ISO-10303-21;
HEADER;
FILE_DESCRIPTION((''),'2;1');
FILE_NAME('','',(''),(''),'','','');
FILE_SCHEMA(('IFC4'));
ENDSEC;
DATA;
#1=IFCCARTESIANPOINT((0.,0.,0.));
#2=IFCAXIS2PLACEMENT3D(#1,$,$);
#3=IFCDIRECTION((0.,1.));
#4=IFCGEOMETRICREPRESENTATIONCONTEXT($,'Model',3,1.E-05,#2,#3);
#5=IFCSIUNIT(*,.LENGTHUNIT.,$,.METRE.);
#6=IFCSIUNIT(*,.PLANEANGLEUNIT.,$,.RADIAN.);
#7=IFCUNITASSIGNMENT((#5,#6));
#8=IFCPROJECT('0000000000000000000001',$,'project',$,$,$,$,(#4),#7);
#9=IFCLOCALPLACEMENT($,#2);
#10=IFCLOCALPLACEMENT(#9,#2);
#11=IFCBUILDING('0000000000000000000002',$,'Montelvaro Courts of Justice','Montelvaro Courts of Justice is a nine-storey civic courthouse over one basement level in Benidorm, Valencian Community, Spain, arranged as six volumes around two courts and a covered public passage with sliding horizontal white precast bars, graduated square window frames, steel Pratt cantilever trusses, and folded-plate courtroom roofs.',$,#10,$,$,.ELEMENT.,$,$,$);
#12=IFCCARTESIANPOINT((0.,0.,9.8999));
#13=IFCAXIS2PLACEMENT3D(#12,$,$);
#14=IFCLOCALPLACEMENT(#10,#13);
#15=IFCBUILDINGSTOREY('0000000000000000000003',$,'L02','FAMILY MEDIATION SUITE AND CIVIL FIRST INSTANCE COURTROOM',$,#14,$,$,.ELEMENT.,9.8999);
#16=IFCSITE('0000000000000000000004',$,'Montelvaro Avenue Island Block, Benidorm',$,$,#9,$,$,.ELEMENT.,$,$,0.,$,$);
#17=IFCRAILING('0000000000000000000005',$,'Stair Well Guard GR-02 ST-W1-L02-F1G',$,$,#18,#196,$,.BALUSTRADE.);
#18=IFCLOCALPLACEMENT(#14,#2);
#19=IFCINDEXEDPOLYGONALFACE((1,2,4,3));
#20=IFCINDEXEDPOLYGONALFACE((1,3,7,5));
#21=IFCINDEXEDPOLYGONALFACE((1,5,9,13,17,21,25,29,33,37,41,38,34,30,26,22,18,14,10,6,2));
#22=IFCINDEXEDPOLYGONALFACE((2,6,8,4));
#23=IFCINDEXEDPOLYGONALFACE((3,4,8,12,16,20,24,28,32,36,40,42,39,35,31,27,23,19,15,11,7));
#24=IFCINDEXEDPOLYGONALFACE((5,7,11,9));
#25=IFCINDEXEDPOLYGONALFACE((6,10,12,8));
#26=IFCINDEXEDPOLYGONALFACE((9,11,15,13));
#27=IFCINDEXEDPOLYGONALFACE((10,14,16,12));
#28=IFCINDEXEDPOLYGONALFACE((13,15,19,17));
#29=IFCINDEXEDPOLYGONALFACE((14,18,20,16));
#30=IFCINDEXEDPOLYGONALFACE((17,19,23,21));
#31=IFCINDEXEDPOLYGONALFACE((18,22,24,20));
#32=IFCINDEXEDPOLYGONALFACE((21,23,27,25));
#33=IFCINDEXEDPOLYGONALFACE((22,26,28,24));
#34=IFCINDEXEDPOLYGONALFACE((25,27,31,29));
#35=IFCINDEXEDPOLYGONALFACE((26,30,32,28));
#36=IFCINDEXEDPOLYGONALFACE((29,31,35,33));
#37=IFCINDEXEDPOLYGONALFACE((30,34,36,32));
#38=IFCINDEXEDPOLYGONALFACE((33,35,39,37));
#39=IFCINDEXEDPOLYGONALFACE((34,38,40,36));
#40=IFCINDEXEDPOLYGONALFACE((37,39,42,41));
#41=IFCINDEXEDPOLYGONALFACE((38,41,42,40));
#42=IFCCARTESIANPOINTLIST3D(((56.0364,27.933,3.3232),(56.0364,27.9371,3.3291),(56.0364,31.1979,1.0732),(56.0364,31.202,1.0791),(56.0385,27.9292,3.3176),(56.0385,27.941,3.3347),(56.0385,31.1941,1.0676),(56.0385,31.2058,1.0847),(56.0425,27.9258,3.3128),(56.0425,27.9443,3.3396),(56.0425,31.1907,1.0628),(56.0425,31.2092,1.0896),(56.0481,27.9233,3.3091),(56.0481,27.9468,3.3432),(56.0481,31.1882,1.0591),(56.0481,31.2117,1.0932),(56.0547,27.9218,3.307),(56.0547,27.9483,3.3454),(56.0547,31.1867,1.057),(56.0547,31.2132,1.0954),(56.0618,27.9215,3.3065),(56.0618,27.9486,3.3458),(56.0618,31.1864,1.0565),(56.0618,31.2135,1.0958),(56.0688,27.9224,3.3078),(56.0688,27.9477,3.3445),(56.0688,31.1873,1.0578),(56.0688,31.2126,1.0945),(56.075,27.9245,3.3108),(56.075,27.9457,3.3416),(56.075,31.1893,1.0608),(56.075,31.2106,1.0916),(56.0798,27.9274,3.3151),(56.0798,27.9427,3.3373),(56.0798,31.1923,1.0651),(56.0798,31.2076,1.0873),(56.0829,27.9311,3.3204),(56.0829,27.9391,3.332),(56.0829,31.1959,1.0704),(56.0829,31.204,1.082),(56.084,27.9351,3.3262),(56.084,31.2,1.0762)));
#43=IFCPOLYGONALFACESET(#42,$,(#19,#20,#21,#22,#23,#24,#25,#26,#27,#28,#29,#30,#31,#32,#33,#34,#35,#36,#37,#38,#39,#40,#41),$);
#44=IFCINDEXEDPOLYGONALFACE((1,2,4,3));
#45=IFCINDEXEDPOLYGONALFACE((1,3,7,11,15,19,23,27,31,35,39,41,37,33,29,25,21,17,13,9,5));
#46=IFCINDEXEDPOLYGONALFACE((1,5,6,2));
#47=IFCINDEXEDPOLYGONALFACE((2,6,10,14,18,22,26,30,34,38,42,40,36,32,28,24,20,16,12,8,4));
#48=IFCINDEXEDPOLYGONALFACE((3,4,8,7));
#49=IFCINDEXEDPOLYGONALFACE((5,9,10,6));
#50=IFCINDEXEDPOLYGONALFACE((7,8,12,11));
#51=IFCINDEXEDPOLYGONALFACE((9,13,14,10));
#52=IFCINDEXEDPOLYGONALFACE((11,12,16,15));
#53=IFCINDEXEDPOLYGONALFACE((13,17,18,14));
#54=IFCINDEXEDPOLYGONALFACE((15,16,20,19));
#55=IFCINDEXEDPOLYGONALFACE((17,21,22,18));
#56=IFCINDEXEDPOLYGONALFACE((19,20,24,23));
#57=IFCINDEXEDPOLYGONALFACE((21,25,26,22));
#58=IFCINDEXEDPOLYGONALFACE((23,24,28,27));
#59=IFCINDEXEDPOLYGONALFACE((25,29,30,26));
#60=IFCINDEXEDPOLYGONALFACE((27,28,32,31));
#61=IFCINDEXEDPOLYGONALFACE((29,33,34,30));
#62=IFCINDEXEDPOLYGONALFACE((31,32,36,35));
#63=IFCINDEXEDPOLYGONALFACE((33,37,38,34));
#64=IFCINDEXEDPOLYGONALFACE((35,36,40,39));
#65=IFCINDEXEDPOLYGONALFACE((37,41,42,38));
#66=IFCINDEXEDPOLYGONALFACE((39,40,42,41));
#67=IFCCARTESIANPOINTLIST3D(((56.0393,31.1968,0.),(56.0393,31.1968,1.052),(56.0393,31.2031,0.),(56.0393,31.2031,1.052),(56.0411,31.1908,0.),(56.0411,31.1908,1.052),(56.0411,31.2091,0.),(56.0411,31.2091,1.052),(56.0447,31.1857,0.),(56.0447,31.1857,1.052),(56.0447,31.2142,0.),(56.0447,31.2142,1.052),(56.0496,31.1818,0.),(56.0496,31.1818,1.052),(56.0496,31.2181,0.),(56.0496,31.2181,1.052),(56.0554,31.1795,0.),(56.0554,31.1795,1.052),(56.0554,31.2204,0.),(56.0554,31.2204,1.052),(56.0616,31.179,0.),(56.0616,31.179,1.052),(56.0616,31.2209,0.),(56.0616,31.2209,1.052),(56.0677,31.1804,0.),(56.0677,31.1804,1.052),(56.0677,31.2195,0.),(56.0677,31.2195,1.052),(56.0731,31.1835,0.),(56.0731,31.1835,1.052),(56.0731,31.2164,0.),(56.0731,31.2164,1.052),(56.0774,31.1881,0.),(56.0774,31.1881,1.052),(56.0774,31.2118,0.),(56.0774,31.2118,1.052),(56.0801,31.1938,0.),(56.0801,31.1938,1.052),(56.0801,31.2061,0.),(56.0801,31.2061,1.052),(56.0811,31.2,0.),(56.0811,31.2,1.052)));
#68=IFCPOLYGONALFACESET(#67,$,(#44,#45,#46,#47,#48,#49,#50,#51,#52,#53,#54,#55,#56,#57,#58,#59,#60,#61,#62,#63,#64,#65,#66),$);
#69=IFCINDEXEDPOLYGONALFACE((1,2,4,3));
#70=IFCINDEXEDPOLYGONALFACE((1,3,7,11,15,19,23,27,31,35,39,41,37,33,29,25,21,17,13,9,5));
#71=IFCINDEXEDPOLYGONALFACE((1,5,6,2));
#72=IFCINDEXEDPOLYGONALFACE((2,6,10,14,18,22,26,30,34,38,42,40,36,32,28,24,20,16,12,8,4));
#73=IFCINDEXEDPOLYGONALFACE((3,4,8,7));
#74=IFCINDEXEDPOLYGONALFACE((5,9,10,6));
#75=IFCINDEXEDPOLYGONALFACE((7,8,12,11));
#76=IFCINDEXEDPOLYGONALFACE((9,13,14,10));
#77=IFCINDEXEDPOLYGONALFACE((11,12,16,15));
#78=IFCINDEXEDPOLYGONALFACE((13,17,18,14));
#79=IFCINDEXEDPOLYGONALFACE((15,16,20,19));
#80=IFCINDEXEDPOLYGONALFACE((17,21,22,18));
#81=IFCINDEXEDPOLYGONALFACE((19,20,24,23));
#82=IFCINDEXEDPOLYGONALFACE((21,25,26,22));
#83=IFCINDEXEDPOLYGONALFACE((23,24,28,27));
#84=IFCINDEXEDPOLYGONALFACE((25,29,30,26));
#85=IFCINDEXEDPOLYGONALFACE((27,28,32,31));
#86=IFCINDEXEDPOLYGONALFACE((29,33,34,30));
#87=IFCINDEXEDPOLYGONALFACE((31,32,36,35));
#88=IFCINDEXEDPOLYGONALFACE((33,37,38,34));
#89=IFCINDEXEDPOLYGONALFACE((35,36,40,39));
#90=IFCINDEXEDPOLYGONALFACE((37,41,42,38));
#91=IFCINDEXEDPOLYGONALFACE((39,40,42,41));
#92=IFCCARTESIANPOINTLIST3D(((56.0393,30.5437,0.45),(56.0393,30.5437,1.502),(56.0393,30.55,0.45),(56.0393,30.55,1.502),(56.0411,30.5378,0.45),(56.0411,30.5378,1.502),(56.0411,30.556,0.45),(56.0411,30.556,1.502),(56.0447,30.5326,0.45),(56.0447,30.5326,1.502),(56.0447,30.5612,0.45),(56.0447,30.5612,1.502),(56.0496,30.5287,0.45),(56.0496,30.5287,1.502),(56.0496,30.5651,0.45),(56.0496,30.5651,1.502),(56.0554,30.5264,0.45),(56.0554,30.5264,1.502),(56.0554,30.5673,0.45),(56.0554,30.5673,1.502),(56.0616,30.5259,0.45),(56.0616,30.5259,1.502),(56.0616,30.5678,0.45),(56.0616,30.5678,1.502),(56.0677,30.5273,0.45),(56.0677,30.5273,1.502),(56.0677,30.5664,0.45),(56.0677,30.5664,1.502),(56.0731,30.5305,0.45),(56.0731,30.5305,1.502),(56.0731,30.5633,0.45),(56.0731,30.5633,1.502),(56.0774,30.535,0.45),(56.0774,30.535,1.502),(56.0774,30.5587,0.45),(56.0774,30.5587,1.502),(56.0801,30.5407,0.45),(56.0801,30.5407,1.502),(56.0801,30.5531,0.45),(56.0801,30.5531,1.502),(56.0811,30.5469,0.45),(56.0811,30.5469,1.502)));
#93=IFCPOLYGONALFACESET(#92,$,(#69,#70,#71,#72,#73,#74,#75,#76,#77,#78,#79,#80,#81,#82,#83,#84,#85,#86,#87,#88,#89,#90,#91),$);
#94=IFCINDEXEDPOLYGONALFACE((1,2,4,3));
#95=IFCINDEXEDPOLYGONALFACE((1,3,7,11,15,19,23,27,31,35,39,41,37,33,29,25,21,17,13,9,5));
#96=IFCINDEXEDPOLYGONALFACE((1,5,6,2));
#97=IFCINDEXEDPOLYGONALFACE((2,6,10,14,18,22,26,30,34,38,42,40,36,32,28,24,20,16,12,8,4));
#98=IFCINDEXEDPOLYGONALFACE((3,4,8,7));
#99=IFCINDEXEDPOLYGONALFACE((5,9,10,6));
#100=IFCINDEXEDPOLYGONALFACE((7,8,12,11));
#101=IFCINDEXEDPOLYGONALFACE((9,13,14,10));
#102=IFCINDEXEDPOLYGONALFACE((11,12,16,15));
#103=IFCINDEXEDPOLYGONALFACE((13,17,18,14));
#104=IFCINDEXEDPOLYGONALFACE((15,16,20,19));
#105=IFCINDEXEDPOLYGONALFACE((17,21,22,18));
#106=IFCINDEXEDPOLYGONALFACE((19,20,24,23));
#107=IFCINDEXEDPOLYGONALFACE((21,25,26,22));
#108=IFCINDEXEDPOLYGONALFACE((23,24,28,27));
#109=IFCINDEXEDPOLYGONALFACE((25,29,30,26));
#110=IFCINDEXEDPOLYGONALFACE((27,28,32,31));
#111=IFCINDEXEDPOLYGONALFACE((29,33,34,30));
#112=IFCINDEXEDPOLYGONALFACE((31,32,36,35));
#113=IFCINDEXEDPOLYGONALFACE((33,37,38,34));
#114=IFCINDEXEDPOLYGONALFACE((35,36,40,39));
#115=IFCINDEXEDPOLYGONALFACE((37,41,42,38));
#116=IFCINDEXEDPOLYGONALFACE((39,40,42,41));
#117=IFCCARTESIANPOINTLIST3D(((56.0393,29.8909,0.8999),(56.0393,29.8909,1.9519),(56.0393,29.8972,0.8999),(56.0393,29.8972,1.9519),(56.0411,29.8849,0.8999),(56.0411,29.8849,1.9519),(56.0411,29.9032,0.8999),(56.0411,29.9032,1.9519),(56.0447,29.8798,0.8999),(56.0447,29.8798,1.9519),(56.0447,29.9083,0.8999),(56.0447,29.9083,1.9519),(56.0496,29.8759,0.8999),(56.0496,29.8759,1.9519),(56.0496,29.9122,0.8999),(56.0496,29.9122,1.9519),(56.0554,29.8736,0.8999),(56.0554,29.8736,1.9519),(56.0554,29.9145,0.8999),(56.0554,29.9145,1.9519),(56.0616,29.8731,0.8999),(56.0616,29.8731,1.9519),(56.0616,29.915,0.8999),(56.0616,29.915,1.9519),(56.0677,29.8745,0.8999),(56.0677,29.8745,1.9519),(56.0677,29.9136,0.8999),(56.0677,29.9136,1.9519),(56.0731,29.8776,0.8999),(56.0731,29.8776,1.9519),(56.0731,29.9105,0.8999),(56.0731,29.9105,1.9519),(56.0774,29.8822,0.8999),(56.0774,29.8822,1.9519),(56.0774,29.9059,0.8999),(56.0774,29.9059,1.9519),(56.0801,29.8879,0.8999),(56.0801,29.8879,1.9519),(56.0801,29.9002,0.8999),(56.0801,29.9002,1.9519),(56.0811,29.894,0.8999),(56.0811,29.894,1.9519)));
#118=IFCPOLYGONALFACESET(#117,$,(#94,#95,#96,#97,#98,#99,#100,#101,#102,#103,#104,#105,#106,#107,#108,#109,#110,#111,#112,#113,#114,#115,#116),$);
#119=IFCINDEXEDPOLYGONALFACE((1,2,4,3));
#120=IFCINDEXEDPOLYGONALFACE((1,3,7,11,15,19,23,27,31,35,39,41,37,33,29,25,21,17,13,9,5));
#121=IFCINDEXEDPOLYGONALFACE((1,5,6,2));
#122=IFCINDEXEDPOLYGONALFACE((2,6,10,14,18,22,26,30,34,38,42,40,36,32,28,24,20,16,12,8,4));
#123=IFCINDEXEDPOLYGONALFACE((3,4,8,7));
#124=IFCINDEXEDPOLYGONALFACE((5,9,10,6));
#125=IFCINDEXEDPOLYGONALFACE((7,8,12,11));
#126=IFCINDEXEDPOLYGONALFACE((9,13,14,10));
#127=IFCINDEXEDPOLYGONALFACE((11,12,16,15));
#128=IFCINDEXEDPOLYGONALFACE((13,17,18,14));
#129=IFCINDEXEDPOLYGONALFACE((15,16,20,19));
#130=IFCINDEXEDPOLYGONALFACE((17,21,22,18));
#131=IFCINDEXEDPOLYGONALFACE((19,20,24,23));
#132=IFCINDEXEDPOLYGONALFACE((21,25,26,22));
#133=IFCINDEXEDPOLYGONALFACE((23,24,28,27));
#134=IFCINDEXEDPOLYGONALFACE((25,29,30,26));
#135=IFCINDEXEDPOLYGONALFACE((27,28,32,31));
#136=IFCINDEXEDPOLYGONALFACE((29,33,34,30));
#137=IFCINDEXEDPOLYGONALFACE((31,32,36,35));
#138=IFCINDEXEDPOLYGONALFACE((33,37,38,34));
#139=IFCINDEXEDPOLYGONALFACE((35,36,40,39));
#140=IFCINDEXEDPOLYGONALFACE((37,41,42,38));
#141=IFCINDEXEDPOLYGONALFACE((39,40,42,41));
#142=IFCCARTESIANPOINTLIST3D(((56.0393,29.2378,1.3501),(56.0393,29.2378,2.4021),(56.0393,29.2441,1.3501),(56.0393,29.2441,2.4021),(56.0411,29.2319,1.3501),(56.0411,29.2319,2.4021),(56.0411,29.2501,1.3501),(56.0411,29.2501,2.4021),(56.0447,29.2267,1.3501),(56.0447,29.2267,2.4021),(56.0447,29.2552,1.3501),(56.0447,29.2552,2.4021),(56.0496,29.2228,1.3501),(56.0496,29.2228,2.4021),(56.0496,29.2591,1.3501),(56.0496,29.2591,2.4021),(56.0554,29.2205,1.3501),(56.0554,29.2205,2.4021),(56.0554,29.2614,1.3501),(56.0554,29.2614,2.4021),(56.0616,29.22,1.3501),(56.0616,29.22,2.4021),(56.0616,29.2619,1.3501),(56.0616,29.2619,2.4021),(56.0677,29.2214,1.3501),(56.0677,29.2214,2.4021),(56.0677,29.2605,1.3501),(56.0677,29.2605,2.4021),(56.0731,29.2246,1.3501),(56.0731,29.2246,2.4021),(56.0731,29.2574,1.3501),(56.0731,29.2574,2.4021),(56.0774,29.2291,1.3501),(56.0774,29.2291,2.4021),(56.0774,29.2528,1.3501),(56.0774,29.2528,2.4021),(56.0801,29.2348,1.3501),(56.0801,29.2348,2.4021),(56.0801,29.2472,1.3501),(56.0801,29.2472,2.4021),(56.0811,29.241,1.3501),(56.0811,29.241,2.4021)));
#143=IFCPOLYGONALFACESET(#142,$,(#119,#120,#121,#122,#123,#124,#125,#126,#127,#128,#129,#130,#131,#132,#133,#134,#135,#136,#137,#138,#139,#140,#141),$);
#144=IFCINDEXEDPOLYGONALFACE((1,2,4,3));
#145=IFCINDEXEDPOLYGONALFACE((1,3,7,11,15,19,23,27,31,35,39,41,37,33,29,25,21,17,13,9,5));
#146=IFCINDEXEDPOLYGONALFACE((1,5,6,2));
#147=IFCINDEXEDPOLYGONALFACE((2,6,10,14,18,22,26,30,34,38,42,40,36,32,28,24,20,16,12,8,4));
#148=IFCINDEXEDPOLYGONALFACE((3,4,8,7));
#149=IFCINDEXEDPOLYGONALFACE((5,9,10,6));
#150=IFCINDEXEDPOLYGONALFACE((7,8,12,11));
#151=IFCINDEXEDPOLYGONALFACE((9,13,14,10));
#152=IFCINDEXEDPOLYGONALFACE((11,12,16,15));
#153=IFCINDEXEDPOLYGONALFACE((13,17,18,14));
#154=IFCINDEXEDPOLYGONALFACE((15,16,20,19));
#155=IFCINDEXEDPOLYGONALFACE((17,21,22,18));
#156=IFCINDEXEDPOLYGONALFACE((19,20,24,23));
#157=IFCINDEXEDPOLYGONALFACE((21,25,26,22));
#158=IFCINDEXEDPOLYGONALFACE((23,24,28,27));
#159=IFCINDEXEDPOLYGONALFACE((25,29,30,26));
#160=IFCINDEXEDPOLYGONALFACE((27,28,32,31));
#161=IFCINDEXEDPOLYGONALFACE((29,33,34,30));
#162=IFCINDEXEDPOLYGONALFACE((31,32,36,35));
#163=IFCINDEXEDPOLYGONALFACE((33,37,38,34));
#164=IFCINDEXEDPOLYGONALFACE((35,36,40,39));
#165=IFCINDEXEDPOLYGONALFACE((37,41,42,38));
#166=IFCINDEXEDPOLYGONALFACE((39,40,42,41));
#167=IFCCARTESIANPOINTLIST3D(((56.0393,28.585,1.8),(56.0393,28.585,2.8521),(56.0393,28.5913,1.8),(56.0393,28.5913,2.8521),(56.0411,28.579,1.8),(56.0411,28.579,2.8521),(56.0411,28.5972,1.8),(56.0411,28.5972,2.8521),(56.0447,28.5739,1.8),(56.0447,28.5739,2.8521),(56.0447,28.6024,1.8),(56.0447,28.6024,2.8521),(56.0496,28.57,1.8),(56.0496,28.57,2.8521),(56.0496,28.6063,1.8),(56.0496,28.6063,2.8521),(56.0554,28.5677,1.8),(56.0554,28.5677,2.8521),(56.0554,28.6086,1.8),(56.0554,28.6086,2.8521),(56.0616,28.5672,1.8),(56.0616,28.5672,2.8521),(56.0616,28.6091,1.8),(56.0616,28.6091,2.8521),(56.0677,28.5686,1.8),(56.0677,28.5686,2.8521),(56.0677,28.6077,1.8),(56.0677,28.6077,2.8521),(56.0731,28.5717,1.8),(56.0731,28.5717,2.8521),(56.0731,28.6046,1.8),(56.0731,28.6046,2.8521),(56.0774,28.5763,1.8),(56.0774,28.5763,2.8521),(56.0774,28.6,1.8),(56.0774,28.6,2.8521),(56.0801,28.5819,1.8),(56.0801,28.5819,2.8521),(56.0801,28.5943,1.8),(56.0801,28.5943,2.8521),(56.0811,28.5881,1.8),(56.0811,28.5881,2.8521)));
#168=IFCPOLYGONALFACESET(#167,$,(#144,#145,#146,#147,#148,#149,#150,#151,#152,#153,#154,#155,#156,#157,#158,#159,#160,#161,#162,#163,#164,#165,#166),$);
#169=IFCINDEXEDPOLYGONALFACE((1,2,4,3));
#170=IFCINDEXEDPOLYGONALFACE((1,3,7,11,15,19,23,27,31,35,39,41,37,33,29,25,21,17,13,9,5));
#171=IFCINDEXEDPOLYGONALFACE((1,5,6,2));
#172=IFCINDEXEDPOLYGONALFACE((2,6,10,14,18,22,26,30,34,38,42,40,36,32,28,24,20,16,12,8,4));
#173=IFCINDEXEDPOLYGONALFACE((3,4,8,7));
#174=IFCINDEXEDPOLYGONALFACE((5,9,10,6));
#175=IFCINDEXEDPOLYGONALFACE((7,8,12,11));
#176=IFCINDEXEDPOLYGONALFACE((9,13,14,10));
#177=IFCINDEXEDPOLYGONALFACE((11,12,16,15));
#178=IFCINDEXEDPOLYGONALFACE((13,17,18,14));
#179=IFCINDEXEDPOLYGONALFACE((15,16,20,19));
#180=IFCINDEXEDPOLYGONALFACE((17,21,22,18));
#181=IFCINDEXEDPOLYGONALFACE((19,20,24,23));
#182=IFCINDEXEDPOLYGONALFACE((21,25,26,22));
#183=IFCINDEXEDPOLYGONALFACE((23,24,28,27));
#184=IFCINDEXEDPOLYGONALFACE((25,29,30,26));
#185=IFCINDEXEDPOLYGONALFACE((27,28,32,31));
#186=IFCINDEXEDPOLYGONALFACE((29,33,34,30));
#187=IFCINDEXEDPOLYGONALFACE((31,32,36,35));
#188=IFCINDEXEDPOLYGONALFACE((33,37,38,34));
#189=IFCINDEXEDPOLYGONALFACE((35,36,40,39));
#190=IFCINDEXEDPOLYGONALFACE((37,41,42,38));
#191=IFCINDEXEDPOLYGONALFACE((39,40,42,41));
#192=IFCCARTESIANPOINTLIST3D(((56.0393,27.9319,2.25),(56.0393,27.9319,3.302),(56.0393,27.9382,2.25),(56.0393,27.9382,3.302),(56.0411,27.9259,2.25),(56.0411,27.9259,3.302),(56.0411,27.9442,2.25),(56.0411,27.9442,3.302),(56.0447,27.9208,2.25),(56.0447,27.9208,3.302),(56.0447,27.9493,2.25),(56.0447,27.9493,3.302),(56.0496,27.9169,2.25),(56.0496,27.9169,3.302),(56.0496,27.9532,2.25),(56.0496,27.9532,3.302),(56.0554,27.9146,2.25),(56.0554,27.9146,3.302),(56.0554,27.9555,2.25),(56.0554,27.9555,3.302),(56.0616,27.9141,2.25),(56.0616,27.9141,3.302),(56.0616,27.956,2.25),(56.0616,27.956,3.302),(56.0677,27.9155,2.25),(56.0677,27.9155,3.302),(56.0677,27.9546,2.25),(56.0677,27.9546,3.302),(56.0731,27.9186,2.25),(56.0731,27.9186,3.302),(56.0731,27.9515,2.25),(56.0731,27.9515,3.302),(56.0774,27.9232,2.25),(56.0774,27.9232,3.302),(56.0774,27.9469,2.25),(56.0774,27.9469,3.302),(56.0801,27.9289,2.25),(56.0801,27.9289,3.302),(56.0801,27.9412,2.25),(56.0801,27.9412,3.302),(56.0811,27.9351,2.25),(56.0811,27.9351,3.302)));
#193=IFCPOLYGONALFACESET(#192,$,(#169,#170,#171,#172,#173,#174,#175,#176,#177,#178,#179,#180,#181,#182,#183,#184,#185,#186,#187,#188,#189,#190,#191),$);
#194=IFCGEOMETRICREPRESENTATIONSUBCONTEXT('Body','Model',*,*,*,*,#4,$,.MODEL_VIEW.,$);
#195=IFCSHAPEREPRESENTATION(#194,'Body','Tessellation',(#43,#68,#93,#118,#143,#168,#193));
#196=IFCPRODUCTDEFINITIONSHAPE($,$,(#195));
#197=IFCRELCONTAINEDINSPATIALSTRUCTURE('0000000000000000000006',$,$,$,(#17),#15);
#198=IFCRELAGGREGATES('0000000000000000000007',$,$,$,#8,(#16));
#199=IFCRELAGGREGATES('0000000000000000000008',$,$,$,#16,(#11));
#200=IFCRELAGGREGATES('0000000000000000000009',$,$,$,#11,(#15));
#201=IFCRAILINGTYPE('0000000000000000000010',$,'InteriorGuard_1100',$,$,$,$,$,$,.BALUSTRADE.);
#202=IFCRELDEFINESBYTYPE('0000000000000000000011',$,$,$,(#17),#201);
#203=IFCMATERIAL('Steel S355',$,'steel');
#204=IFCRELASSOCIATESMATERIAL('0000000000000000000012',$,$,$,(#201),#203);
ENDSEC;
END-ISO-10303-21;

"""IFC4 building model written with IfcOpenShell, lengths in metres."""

from ifc_helpers import new_model, si_unit, direction, frame, origin, origin_2d, place, context, subcontext, project, spatial, circle, extrude, material, type_object, element, save


model = new_model("IFC4")

# Units and contexts
model_context = context("Model", 3, precision=1e-05, world=origin(), true_north=direction((0.0, 1.0)))
body_context = subcontext(model_context, "Body", "Model", "MODEL_VIEW")
ifc_project = project(units=[si_unit("LENGTHUNIT", "METRE"), si_unit("PLANEANGLEUNIT", "RADIAN")], contexts=[model_context])

# Site, building, storey
site_placement = place(None, origin())
site = spatial("IfcSite", under=ifc_project, at=site_placement, Name="Montelvaro Avenue Island Block, Benidorm", CompositionType="ELEMENT", RefElevation=0.0)
building_placement = place(site_placement, origin())
building = spatial("IfcBuilding", under=site, at=building_placement, Name="Montelvaro Courts of Justice", Description="Montelvaro Courts of Justice is a nine-storey civic courthouse over one basement level in Benidorm, Valencian Community, Spain, arranged as six volumes around two courts and a covered public passage with sliding horizontal white precast bars, graduated square window frames, steel Pratt cantilever trusses, and folded-plate courtroom roofs.", CompositionType="ELEMENT")
storey_placement = place(building_placement, frame((0.0, 0.0, 9.8999)))
storey = spatial("IfcBuildingStorey", under=building, at=storey_placement, Name="L02", Description="FAMILY MEDIATION SUITE AND CIVIL FIRST INSTANCE COURTROOM", CompositionType="ELEMENT", Elevation=9.8999)

# Shared definitions
ifc_material_1 = material(Name="Steel S355", Category="steel")

# Railing
railing_type_1 = type_object("IfcRailingType", Name="InteriorGuard_1100", PredefinedType="BALUSTRADE", material=ifc_material_1)
railing_1_placement = place(storey_placement, frame((56.0601, 31.2, 0.0)))
element("IfcRailing", 1, at=railing_1_placement, inside=storey, type_object=railing_type_1, Name="Stair Well Guard GR-02 ST-W1-L02-F1G", PredefinedType="BALUSTRADE", context=body_context, shape_type="SweptSolid", body=[
    extrude(circle(Radius=0.0239, at=origin_2d()), frame((0.0, 0.0, 1.0762), z_axis=(0.0, -0.823407, 0.567451), x_axis=(1.0, 0.0, 0.0)), (0.0, 0.0, 1.0), 3.9651),
    extrude(circle(Radius=0.021, at=origin_2d()), origin(), (0.0, 0.0, 1.0), 1.052),
    extrude(circle(Radius=0.021, at=origin_2d()), frame((0.0, -0.6531, 0.45)), (0.0, 0.0, 1.0), 1.052),
    extrude(circle(Radius=0.021, at=origin_2d()), frame((0.0, -1.3059, 0.8999)), (0.0, 0.0, 1.0), 1.052),
    extrude(circle(Radius=0.021, at=origin_2d()), frame((0.0, -1.959, 1.3501)), (0.0, 0.0, 1.0), 1.052),
    extrude(circle(Radius=0.021, at=origin_2d()), frame((0.0, -2.6118, 1.8)), (0.0, 0.0, 1.0), 1.052),
    extrude(circle(Radius=0.021, at=origin_2d()), frame((0.0, -3.2649, 2.25)), (0.0, 0.0, 1.0), 1.052),
])

save(model, "model.ifc")
